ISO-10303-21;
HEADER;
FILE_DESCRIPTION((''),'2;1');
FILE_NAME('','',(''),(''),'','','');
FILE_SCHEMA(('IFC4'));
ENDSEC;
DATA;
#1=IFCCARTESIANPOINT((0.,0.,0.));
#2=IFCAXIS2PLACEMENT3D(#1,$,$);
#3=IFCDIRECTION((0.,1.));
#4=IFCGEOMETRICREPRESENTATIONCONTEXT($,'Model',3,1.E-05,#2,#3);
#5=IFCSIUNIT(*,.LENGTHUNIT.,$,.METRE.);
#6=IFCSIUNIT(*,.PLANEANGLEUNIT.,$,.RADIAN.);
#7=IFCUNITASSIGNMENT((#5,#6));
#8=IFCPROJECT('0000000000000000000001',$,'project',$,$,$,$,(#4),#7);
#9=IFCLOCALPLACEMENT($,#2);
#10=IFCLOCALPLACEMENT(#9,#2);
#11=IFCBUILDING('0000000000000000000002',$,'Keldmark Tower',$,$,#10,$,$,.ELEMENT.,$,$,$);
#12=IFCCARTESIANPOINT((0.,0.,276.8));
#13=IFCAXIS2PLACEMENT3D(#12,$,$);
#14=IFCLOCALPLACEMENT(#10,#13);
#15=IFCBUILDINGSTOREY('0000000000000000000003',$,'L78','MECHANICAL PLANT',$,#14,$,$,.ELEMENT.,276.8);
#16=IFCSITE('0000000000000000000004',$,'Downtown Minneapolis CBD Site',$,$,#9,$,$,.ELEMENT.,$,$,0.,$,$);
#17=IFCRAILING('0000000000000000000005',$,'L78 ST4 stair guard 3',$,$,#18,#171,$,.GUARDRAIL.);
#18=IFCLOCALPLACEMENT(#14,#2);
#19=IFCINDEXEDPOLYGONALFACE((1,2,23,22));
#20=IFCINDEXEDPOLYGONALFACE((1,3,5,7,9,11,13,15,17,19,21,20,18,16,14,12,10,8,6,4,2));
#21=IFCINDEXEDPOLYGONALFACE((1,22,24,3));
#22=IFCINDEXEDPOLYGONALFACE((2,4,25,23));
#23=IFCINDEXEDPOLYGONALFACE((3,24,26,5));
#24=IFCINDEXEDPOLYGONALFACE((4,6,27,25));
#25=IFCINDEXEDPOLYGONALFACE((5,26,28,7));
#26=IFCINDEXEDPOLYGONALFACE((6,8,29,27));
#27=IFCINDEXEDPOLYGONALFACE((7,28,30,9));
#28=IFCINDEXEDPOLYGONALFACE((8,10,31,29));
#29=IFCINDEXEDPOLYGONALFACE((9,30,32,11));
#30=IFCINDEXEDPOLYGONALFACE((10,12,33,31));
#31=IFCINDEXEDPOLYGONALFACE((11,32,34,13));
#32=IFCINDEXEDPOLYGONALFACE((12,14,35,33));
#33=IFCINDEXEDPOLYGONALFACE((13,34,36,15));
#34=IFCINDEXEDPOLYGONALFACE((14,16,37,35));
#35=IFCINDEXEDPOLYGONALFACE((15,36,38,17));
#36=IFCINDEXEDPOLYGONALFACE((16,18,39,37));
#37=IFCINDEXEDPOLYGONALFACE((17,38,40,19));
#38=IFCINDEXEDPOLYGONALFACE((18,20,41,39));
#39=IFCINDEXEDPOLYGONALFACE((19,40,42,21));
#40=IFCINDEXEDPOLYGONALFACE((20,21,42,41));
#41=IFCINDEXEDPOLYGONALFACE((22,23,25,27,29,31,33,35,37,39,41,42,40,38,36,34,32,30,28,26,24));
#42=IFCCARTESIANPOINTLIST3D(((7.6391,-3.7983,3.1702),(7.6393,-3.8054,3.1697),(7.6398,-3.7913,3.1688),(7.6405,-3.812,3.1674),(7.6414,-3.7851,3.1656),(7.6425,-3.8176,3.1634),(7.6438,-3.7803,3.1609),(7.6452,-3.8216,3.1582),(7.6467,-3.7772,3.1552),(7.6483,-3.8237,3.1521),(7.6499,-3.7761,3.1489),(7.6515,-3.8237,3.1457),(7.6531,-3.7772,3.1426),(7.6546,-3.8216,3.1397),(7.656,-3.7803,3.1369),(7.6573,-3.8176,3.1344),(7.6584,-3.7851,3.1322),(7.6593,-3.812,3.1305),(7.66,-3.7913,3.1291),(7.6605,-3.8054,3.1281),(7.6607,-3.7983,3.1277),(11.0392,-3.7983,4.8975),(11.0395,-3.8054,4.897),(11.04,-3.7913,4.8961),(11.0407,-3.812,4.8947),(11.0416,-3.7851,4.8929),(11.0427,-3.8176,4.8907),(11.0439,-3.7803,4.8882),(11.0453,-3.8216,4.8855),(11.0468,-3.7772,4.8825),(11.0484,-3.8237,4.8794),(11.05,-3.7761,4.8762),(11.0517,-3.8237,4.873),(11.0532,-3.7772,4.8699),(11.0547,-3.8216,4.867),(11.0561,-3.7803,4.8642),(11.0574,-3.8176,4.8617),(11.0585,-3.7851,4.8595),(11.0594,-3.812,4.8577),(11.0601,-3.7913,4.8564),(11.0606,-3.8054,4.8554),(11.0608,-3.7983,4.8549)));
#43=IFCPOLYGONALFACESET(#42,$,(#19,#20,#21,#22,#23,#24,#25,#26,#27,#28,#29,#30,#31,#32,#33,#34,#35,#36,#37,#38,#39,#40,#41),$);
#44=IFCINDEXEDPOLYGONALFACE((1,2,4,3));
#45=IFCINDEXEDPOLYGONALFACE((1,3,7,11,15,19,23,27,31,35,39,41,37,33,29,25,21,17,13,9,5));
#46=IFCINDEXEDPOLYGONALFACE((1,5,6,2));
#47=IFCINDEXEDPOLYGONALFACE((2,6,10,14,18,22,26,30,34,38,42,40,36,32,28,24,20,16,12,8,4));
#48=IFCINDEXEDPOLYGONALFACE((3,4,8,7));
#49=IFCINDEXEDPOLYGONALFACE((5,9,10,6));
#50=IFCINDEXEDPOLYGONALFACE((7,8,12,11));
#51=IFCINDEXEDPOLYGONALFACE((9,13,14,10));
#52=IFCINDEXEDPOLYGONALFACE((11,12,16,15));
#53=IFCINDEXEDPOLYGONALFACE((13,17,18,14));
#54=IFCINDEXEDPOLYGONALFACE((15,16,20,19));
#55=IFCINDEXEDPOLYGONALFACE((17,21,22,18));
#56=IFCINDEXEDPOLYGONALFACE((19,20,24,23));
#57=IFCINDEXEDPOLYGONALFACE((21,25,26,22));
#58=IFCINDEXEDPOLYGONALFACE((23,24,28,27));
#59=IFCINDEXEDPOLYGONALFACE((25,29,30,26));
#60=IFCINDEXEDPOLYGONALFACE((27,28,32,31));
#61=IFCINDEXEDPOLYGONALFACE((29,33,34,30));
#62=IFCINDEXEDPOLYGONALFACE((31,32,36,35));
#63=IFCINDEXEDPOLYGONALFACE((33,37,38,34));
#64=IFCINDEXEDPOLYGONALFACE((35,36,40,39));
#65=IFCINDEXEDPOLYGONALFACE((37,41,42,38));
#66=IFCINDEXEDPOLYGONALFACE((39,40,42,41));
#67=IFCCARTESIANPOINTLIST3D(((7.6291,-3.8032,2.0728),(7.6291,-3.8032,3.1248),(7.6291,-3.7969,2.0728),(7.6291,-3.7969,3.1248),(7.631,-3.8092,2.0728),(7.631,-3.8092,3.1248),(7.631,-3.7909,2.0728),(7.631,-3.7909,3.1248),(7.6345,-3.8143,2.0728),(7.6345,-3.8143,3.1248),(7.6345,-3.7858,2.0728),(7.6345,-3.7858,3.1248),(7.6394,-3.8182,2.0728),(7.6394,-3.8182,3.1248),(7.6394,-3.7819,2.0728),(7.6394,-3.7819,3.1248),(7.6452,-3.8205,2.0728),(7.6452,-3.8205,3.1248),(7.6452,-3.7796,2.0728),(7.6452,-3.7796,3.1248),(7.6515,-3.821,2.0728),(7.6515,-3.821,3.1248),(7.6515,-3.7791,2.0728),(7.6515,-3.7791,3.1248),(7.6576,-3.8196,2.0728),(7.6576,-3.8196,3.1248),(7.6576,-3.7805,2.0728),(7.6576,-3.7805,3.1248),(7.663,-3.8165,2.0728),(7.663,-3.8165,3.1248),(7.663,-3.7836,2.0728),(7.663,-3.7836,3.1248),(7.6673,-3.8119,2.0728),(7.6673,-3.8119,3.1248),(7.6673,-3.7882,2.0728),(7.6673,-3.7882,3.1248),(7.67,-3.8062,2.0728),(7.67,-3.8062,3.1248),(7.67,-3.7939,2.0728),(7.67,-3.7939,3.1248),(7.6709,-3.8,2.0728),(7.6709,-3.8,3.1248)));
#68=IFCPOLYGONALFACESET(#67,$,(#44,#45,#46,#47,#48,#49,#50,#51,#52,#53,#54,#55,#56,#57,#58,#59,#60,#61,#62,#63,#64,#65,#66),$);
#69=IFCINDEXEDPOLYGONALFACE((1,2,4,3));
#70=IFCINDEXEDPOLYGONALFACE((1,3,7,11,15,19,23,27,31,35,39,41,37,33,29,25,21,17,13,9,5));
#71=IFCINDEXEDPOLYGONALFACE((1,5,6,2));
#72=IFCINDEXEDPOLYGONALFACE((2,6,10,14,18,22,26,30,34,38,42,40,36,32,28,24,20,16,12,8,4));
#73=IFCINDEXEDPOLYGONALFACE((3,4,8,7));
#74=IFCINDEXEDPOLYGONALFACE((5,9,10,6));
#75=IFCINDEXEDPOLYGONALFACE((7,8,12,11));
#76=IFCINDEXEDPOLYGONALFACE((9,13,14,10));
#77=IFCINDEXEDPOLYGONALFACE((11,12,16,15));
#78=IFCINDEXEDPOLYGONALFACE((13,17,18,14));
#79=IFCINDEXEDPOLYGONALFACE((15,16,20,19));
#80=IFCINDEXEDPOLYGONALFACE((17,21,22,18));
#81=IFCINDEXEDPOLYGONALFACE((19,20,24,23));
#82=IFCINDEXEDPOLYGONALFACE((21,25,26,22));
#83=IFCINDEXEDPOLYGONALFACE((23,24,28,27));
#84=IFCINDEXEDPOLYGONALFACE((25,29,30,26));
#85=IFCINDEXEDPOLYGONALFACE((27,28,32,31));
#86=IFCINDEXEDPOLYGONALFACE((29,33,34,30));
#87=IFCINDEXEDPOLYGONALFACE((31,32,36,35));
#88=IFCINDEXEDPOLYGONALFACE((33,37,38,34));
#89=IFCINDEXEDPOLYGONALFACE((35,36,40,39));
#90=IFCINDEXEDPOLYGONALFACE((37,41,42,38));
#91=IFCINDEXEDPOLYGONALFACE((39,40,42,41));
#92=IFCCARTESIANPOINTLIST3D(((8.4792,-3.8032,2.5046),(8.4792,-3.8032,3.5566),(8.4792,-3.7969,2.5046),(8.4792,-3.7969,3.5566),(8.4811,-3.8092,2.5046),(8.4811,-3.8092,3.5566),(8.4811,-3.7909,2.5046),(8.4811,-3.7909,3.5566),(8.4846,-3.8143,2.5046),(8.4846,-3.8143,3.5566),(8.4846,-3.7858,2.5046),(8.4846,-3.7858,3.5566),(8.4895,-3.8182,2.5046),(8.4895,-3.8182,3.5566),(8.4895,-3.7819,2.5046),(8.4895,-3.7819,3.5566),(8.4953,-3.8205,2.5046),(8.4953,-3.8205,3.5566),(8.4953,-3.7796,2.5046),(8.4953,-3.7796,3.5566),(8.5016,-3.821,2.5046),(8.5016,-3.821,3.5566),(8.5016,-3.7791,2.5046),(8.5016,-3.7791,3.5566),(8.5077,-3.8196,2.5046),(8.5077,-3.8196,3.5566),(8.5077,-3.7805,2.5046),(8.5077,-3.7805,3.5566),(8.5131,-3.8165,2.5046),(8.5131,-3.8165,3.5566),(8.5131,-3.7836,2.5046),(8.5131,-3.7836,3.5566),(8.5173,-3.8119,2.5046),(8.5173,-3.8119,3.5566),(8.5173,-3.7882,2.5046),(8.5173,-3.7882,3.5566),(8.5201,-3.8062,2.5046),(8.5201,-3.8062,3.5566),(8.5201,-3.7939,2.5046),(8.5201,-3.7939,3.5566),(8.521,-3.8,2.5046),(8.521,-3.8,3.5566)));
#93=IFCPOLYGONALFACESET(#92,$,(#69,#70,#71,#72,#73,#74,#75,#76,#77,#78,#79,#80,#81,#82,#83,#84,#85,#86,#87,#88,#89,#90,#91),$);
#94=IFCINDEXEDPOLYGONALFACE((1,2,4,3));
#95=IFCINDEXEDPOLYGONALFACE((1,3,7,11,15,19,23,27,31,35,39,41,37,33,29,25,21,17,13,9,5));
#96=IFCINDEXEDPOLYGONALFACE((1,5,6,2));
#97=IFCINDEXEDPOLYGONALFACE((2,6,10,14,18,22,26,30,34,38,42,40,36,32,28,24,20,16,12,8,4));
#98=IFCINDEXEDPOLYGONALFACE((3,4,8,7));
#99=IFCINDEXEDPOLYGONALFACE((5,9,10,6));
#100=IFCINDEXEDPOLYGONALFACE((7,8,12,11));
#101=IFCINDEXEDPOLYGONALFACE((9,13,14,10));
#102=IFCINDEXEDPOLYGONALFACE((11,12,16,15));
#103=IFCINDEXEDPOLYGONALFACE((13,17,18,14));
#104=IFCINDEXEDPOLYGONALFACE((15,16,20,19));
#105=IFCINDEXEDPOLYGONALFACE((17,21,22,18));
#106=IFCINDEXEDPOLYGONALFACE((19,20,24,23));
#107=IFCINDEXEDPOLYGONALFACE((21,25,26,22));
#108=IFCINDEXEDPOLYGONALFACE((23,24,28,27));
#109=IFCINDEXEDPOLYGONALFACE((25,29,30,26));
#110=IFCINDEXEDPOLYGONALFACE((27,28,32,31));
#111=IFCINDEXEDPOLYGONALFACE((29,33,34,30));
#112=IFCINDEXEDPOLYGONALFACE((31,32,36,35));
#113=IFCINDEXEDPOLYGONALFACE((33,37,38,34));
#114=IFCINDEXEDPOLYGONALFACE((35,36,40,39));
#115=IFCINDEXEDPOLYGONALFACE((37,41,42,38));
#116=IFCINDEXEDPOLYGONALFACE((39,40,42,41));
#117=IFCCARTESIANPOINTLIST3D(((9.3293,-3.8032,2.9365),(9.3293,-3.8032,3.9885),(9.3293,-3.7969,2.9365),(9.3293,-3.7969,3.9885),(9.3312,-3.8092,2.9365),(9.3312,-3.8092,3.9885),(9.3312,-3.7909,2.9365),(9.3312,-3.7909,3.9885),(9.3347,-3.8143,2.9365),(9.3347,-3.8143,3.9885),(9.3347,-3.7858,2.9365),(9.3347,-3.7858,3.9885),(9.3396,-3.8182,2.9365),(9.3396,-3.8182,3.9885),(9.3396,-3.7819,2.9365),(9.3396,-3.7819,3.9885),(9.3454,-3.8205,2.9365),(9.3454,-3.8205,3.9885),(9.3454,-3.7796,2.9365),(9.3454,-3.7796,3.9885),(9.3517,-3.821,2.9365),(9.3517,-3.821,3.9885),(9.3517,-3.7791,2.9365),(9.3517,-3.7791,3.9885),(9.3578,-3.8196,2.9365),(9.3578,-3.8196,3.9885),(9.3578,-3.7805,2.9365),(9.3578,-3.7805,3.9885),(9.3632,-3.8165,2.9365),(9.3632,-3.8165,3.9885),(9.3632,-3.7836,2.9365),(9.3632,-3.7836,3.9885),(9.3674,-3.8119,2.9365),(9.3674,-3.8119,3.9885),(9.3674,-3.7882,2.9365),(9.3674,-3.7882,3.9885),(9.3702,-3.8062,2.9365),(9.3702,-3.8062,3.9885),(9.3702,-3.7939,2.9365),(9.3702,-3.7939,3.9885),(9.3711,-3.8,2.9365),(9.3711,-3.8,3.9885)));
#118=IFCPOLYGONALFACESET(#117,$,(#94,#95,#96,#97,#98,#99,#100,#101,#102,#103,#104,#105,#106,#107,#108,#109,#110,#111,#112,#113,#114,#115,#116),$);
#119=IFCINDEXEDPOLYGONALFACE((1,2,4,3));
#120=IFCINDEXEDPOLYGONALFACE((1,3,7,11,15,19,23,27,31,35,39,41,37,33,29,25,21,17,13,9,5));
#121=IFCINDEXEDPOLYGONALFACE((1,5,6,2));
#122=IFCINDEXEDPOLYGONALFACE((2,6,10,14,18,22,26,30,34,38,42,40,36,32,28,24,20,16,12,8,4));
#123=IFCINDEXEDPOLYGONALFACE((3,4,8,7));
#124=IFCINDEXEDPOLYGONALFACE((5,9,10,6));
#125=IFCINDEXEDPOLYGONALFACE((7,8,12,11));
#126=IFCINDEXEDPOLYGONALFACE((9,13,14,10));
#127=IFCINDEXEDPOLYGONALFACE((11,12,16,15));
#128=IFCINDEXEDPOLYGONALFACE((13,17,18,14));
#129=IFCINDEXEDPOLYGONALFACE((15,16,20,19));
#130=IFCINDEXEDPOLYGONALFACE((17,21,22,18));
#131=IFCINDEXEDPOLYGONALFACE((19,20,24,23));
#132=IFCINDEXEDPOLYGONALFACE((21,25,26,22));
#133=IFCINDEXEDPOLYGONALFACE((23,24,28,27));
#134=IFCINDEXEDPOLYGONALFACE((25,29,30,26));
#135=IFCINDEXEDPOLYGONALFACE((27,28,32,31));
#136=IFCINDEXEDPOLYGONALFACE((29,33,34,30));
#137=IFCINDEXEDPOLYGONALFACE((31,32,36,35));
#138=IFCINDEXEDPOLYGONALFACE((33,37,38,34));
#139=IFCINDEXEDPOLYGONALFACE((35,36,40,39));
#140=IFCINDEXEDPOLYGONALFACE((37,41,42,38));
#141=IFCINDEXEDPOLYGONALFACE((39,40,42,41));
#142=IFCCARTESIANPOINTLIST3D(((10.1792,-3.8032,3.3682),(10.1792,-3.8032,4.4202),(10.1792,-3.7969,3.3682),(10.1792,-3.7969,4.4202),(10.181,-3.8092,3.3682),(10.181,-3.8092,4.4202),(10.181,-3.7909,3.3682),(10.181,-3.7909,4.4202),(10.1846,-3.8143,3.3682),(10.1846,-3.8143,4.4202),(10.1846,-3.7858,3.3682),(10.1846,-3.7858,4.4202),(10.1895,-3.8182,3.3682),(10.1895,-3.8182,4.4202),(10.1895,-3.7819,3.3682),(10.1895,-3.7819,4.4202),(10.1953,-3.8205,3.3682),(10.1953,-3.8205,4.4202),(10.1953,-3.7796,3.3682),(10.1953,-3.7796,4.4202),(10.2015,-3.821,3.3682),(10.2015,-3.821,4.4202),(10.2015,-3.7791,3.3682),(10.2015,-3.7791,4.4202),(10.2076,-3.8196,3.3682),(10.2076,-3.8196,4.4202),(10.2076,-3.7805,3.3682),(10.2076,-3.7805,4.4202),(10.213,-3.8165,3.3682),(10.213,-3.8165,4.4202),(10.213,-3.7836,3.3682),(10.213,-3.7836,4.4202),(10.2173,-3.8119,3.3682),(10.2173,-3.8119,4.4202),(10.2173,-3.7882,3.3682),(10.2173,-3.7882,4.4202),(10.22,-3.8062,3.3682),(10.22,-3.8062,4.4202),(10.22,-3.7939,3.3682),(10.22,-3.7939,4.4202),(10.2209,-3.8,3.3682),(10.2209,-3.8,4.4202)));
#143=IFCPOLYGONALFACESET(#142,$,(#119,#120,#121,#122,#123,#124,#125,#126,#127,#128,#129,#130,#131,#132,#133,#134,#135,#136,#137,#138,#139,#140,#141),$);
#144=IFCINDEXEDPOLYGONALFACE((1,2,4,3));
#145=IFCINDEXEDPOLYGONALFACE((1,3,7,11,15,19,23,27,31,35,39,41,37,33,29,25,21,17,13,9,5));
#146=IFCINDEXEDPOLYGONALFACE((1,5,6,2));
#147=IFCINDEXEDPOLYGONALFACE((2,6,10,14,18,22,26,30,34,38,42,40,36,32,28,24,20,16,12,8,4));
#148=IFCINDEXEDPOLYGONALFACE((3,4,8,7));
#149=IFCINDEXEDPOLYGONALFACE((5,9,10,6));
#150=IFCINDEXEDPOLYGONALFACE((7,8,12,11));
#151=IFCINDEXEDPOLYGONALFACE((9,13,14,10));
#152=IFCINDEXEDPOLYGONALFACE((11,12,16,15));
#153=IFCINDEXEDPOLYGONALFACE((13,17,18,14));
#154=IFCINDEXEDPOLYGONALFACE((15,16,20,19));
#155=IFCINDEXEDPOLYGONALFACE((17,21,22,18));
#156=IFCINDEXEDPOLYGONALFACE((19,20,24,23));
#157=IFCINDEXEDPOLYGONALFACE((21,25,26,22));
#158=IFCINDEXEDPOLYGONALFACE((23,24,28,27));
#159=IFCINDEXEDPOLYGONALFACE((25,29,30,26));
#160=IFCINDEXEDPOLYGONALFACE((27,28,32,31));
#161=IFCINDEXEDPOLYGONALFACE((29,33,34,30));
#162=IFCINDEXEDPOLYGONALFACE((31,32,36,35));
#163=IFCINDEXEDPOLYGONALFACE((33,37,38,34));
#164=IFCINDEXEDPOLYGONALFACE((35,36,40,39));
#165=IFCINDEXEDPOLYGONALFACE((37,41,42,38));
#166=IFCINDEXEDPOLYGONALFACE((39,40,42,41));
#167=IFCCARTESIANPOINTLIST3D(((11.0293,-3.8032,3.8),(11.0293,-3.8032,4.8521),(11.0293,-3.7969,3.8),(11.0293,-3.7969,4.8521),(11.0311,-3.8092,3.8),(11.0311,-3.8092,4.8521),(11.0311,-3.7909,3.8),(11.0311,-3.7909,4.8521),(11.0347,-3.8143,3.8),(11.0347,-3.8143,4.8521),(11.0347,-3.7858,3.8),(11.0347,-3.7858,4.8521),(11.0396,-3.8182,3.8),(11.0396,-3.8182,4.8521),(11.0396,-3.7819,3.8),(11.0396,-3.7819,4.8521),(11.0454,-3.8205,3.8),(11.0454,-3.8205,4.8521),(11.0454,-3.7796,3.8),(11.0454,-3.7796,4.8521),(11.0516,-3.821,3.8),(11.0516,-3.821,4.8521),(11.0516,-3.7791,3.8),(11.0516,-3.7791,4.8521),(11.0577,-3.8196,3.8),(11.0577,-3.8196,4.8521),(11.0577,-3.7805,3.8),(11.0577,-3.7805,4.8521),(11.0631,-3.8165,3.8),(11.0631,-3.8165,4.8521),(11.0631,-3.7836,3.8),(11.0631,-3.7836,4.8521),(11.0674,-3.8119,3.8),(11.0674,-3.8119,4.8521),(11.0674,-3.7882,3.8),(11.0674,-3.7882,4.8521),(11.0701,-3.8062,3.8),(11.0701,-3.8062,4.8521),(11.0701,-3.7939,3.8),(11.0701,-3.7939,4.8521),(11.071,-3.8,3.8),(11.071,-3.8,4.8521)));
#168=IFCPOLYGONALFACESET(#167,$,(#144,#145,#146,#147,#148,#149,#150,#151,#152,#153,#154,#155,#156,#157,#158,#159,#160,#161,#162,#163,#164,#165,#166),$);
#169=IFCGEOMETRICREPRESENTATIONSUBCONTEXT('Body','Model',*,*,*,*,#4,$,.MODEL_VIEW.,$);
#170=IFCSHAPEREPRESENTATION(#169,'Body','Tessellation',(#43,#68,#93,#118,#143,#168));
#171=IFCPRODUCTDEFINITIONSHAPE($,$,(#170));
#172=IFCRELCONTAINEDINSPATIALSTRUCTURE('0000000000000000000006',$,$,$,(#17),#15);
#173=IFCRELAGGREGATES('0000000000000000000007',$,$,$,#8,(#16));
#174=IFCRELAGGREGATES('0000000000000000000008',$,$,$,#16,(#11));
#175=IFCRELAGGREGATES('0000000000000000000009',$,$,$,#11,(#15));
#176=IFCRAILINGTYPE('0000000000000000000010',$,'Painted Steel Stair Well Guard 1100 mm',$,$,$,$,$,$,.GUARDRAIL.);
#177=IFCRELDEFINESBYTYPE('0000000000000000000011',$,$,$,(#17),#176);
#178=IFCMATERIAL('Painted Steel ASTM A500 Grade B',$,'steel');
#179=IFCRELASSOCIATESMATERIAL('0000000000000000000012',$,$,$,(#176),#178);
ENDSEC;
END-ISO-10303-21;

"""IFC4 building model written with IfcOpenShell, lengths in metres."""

from ifc_helpers import new_model, si_unit, direction, frame, origin, origin_2d, place, context, subcontext, project, spatial, circle, extrude, material, type_object, element, save


model = new_model("IFC4")

# Units and contexts
model_context = context("Model", 3, precision=1e-05, world=origin(), true_north=direction((0.0, 1.0)))
body_context = subcontext(model_context, "Body", "Model", "MODEL_VIEW")
ifc_project = project(units=[si_unit("LENGTHUNIT", "METRE"), si_unit("PLANEANGLEUNIT", "RADIAN")], contexts=[model_context])

# Site, building, storey
site_placement = place(None, origin())
site = spatial("IfcSite", under=ifc_project, at=site_placement, Name="Downtown Minneapolis CBD Site", CompositionType="ELEMENT", RefElevation=0.0)
building_placement = place(site_placement, origin())
building = spatial("IfcBuilding", under=site, at=building_placement, Name="Keldmark Tower", CompositionType="ELEMENT")
storey_placement = place(building_placement, frame((0.0, 0.0, 276.8)))
storey = spatial("IfcBuildingStorey", under=building, at=storey_placement, Name="L78", Description="MECHANICAL PLANT", CompositionType="ELEMENT", Elevation=276.8)

# Railing
ifc_material_1 = material(Name="Painted Steel ASTM A500 Grade B", Category="steel")
railing_type_1 = type_object("IfcRailingType", Name="Painted Steel Stair Well Guard 1100 mm", PredefinedType="GUARDRAIL", material=ifc_material_1)
railing_1_placement = place(storey_placement, frame((7.6499, -3.8, 2.0728)))
element("IfcRailing", 1, at=railing_1_placement, inside=storey, type_object=railing_type_1, Name="L78 ST4 stair guard 3", PredefinedType="GUARDRAIL", context=body_context, shape_type="SweptSolid", body=[
    extrude(circle(Radius=0.0239, at=origin_2d()), frame((0.0, 0.0, 1.0762), z_axis=(0.891554, 0.0, 0.452915), x_axis=(0.0, 1.0, 0.0)), (0.0, 0.0, 1.0), 3.8137),
    extrude(circle(Radius=0.021, at=origin_2d()), origin(), (0.0, 0.0, 1.0), 1.052),
    extrude(circle(Radius=0.021, at=origin_2d()), frame((0.8501, 0.0, 0.4319)), (0.0, 0.0, 1.0), 1.052),
    extrude(circle(Radius=0.021, at=origin_2d()), frame((1.7002, 0.0, 0.8638)), (0.0, 0.0, 1.0), 1.052),
    extrude(circle(Radius=0.021, at=origin_2d()), frame((2.55, 0.0, 1.2954)), (0.0, 0.0, 1.0), 1.052),
    extrude(circle(Radius=0.021, at=origin_2d()), frame((3.4001, 0.0, 1.7273)), (0.0, 0.0, 1.0), 1.052),
])

save(model, "model.ifc")
